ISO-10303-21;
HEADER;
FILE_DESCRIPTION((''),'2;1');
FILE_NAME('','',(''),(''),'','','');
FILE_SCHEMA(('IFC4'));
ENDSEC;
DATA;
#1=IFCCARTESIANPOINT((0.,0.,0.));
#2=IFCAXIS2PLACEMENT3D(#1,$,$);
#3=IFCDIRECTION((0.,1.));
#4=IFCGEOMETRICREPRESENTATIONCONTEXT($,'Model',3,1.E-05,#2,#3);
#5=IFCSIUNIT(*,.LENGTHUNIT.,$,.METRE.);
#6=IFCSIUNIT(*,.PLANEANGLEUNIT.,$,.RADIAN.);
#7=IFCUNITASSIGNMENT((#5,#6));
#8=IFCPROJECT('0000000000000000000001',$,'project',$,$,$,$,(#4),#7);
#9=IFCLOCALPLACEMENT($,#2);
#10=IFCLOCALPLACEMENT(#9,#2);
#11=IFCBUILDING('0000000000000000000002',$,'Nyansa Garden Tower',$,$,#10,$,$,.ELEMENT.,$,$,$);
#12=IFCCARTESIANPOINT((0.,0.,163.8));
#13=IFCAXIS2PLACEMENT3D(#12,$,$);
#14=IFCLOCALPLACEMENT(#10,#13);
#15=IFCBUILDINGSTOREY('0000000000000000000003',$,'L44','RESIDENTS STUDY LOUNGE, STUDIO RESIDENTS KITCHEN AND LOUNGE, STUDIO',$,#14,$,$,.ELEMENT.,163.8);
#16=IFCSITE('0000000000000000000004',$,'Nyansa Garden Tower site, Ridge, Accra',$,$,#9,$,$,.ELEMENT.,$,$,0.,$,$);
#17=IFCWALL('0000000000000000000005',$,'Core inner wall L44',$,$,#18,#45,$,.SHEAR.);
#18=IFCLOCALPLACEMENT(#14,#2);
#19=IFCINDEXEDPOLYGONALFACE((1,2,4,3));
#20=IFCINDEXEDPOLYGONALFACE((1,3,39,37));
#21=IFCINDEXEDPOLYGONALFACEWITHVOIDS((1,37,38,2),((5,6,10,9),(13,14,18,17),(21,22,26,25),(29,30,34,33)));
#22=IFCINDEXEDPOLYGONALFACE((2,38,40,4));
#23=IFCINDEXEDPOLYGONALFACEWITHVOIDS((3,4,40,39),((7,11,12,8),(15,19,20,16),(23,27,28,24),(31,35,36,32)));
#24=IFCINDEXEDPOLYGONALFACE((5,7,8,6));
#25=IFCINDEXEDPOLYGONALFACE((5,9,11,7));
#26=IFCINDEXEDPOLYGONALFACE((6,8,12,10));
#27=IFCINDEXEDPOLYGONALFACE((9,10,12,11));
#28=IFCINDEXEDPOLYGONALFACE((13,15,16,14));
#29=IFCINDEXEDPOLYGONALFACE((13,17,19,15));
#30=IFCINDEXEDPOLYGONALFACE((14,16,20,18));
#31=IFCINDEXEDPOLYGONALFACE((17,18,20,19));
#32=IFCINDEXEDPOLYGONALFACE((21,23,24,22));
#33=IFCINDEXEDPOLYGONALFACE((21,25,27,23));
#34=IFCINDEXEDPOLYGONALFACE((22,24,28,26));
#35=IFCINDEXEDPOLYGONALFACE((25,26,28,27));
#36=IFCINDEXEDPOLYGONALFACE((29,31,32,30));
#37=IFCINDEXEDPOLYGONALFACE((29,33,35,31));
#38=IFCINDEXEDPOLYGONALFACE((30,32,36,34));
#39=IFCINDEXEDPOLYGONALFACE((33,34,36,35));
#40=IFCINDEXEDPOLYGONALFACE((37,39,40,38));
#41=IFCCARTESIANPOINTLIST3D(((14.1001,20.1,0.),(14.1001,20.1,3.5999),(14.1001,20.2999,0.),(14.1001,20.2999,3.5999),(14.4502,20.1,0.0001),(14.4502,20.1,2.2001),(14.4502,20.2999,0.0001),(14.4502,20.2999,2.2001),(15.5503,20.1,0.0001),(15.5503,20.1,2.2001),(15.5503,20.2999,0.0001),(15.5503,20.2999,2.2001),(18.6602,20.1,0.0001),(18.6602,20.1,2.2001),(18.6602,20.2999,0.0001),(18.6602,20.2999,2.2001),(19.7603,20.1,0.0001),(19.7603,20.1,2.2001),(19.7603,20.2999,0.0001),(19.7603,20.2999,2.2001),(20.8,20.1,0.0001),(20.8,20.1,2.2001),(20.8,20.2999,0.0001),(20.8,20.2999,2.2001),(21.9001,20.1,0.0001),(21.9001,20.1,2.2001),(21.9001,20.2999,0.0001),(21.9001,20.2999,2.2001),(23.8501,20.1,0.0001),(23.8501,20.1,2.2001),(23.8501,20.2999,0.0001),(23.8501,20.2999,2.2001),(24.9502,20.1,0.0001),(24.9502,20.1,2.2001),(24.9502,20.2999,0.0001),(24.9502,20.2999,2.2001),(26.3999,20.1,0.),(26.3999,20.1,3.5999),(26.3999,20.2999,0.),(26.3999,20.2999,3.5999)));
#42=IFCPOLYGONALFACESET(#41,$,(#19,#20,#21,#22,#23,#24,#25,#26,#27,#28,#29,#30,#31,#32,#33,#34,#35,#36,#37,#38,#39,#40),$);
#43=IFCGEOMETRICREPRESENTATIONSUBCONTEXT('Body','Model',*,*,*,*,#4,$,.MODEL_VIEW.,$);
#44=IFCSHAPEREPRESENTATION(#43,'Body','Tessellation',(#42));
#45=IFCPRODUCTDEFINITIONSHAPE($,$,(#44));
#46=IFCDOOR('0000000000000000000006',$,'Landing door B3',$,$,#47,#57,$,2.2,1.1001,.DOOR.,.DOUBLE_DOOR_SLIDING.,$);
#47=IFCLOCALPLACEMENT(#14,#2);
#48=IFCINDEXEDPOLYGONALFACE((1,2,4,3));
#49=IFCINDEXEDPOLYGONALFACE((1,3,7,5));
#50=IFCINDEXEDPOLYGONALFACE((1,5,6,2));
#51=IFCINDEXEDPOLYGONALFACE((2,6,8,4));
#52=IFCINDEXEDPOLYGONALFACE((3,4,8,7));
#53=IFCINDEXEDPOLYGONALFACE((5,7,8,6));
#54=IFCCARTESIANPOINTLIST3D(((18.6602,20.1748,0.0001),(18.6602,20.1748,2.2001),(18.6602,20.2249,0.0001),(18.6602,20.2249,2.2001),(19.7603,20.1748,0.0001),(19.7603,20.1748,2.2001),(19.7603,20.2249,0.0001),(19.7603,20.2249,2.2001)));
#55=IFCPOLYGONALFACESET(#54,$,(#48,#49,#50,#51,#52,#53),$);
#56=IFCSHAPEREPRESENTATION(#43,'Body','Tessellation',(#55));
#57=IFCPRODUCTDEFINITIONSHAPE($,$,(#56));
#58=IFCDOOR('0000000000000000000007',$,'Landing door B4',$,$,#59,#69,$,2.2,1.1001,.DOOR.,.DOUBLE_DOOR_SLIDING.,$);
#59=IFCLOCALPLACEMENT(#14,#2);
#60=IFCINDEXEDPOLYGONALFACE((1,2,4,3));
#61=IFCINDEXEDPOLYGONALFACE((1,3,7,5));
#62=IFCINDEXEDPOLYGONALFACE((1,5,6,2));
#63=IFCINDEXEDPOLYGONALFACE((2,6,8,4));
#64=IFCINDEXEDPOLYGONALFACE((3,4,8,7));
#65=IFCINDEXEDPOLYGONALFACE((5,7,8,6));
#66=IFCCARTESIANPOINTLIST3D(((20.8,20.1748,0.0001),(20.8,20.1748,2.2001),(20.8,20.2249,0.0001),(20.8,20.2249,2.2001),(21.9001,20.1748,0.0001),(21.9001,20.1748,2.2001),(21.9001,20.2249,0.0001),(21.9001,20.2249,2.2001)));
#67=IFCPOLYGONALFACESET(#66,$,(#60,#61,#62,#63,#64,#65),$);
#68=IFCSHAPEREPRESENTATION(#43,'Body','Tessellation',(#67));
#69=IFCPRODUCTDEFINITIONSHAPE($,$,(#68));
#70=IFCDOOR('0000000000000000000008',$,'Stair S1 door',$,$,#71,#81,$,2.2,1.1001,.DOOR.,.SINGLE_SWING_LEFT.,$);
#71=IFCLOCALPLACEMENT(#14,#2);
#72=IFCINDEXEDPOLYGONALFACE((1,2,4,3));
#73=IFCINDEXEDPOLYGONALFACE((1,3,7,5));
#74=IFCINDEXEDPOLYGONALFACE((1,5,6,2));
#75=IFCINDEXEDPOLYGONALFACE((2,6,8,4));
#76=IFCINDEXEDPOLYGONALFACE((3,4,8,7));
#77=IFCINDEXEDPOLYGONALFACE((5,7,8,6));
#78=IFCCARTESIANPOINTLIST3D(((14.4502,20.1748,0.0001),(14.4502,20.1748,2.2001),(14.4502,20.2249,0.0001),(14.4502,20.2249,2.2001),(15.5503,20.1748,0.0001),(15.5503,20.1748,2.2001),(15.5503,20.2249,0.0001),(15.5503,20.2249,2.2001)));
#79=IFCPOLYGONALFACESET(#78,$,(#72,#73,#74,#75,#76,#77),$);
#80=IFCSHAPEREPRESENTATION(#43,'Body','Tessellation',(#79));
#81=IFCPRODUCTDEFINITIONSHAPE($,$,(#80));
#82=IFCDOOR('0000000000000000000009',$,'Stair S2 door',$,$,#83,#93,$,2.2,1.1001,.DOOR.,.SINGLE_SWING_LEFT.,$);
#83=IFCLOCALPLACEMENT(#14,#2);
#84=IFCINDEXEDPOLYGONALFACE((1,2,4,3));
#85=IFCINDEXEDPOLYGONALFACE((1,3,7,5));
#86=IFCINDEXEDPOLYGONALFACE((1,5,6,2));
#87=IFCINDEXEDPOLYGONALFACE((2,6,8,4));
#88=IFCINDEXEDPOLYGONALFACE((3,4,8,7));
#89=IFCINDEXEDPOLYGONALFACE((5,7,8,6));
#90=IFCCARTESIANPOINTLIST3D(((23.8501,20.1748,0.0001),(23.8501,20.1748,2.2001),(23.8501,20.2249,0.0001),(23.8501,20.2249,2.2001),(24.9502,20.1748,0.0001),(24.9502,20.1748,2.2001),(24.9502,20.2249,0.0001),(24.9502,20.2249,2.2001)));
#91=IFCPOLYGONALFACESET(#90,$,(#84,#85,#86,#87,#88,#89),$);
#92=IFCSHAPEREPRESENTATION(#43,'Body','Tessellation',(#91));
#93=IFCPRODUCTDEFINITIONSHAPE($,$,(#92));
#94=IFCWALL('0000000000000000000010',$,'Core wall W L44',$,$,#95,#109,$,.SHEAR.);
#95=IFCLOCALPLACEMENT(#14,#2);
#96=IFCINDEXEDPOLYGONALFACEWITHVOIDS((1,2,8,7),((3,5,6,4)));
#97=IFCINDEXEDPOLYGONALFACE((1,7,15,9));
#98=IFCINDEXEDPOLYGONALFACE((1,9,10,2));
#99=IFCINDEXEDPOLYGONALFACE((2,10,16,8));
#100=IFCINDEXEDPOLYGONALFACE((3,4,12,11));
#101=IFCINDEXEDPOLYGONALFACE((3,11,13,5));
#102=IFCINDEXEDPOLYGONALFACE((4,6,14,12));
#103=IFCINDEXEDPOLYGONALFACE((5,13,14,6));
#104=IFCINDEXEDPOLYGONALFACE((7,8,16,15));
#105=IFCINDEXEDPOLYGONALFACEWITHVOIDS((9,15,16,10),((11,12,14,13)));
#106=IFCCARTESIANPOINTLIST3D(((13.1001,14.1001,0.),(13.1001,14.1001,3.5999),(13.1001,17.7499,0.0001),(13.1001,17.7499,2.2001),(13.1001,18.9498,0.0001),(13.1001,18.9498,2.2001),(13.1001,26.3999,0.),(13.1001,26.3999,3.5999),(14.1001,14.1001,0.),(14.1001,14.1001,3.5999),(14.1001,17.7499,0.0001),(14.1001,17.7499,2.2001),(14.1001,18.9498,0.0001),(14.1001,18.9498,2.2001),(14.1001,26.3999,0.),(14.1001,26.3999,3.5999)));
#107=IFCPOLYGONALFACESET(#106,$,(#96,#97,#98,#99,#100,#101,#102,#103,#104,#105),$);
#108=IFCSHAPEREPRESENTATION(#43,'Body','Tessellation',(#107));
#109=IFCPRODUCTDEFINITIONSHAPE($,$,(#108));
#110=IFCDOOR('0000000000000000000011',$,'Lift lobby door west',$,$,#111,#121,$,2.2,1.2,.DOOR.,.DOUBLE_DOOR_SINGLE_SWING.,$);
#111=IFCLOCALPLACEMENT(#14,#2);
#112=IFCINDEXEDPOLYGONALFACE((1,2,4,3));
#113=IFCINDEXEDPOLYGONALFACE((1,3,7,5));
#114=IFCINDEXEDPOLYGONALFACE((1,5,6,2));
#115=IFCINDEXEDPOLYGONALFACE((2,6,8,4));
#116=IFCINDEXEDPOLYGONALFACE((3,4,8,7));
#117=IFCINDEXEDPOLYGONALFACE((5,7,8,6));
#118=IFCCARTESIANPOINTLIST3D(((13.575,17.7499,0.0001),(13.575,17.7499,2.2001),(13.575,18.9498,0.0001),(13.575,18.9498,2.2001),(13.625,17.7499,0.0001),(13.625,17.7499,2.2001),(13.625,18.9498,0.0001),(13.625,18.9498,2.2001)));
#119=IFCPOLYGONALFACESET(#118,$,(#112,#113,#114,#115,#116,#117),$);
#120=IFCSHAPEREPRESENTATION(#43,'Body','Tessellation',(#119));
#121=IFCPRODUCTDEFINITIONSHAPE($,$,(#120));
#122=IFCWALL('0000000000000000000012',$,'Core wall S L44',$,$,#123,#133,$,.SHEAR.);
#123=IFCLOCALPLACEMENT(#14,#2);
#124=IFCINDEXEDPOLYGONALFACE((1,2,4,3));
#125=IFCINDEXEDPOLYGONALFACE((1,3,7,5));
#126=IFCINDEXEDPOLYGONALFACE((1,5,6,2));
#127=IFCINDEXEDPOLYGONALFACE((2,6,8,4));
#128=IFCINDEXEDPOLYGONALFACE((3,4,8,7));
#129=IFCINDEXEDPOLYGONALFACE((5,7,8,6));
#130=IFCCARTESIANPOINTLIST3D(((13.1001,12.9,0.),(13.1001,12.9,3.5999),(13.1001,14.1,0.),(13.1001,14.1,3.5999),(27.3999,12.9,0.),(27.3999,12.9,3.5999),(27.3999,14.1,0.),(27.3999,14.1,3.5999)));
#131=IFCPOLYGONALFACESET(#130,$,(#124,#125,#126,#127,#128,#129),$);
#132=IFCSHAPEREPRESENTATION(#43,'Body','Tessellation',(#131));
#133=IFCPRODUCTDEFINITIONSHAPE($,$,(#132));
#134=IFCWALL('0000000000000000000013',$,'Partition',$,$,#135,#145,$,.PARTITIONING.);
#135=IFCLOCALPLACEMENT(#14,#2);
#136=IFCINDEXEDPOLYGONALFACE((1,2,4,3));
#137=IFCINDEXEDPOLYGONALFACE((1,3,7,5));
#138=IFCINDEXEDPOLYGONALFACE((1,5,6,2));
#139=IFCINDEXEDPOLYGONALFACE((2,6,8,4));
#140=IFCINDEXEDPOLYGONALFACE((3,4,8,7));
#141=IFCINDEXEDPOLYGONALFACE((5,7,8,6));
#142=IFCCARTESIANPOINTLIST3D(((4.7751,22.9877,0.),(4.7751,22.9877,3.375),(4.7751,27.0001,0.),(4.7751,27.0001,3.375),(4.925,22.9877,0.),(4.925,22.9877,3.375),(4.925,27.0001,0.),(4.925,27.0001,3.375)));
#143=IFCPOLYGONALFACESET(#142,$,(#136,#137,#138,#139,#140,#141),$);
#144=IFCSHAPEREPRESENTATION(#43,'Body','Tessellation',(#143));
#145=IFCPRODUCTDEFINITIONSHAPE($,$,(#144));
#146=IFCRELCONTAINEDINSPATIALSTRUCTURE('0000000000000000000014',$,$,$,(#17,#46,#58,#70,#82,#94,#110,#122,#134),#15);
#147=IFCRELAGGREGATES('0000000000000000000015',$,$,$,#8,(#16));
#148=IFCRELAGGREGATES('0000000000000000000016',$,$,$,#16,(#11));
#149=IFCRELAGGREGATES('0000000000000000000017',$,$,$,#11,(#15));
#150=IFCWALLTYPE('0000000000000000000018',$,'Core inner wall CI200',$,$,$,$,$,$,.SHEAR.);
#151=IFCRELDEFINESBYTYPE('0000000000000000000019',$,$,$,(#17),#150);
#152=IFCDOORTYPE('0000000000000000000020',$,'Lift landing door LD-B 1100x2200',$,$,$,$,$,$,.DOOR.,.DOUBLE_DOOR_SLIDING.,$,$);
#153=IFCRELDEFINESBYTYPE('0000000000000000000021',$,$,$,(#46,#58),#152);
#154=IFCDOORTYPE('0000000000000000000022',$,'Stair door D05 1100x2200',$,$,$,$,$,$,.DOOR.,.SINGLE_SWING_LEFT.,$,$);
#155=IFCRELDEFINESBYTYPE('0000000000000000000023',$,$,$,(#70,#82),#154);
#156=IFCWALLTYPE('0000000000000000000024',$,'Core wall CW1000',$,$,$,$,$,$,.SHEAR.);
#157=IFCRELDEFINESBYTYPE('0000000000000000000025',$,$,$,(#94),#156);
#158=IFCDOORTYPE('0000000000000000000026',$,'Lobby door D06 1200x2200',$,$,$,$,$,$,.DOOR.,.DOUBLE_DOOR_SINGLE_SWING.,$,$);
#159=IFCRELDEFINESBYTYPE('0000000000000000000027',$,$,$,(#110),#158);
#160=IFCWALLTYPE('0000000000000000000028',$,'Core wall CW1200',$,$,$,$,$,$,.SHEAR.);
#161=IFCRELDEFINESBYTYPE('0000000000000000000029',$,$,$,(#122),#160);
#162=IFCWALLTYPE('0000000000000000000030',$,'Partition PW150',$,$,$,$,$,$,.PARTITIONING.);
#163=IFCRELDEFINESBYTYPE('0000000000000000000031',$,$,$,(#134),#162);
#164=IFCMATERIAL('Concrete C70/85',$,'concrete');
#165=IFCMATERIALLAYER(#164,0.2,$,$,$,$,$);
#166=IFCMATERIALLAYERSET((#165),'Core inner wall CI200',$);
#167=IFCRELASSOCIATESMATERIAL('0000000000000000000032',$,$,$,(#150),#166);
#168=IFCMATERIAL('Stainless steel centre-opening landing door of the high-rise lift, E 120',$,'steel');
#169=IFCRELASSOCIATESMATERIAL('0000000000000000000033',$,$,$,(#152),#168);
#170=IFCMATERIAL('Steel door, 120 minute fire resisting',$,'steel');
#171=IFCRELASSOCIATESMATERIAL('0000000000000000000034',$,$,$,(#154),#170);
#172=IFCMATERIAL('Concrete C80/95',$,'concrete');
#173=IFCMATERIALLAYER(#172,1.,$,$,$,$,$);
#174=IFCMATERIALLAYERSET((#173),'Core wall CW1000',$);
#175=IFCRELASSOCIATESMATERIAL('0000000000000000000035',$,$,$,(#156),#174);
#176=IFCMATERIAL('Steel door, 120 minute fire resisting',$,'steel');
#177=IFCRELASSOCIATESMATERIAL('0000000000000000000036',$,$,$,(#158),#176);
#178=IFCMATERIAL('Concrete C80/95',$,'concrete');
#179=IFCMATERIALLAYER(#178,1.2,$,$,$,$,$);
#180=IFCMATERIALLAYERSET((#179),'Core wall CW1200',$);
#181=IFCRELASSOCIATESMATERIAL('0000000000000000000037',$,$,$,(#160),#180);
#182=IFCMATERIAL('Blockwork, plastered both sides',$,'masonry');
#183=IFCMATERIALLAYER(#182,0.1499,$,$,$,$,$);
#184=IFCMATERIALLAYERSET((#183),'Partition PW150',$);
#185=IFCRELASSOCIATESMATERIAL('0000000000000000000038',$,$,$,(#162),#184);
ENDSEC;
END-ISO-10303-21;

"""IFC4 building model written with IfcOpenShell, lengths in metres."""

from ifc_helpers import new_model, si_unit, direction, frame, frame_2d, origin, place, context, subcontext, project, spatial, rectangle, extrude, material, layer, layer_set, type_object, element, fill, save


model = new_model("IFC4")

# Units and contexts
model_context = context("Model", 3, precision=1e-05, world=origin(), true_north=direction((0.0, 1.0)))
body_context = subcontext(model_context, "Body", "Model", "MODEL_VIEW")
ifc_project = project(units=[si_unit("LENGTHUNIT", "METRE"), si_unit("PLANEANGLEUNIT", "RADIAN")], contexts=[model_context])

# Site, building, storey
site_placement = place(None, origin())
site = spatial("IfcSite", under=ifc_project, at=site_placement, Name="Nyansa Garden Tower site, Ridge, Accra", CompositionType="ELEMENT", RefElevation=0.0)
building_placement = place(site_placement, origin())
building = spatial("IfcBuilding", under=site, at=building_placement, Name="Nyansa Garden Tower", CompositionType="ELEMENT")
storey_placement = place(building_placement, frame((0.0, 0.0, 163.8)))
storey = spatial("IfcBuildingStorey", under=building, at=storey_placement, Name="L44", Description="RESIDENTS STUDY LOUNGE, STUDIO RESIDENTS KITCHEN AND LOUNGE, STUDIO", CompositionType="ELEMENT", Elevation=163.8)

# Wall, openings, doors
ifc_material_1 = material(Name="Concrete C70/85", Category="concrete")
ifc_layer_1 = layer(ifc_material_1, 0.2)
ifc_layer_set_1 = layer_set([ifc_layer_1], Name="Core inner wall CI200")
wall_type_1 = type_object("IfcWallType", Name="Core inner wall CI200", PredefinedType="SHEAR", material=ifc_layer_set_1)
ifc_material_2 = material(Name="Stainless steel centre-opening landing door of the high-rise lift, E 120", Category="steel")
door_type_1 = type_object("IfcDoorType", Name="Lift landing door LD-B 1100x2200", OperationType="DOUBLE_DOOR_SLIDING", PredefinedType="DOOR", material=ifc_material_2)
wall_1_placement = place(storey_placement, frame((14.1001, 20.2, 0.0), z_axis=(0.0, 0.0, 1.0), x_axis=(1.0, 0.0, 0.0)))
wall_1 = element("IfcWall", 1, at=wall_1_placement, inside=storey, type_object=wall_type_1, Name="Core inner wall L44", PredefinedType="SHEAR", context=body_context, shape_type="SweptSolid", body=[
    extrude(rectangle(XDim=12.2998, YDim=0.2, at=frame_2d((6.1499, 0.0))), origin(), (0.0, 0.0, 1.0), 3.5999),
])
opening_1_placement = place(wall_1_placement, frame((4.5601, 0.0, 0.0)))
opening_1 = element("IfcOpeningElement", 2, at=opening_1_placement, cuts=wall_1, PredefinedType="OPENING", context=body_context, shape_type="SweptSolid", body=[
    extrude(rectangle(XDim=1.1001, YDim=2.2, at=frame_2d((0.55, 1.1001))), frame((0.0, 0.1099, 0.0), z_axis=(0.0, -1.0, 0.0), x_axis=(1.0, 0.0, 0.0)), (0.0, 0.0, 1.0), 0.22),
])
opening_2_placement = place(wall_1_placement, frame((6.7, 0.0, 0.0)))
opening_2 = element("IfcOpeningElement", 3, at=opening_2_placement, cuts=wall_1, PredefinedType="OPENING", context=body_context, shape_type="SweptSolid", body=[
    extrude(rectangle(XDim=1.1001, YDim=2.2, at=frame_2d((0.55, 1.1001))), frame((0.0, 0.1099, 0.0), z_axis=(0.0, -1.0, 0.0), x_axis=(1.0, 0.0, 0.0)), (0.0, 0.0, 1.0), 0.22),
])
opening_3_placement = place(wall_1_placement, frame((0.3501, 0.0, 0.0)))
opening_3 = element("IfcOpeningElement", 4, at=opening_3_placement, cuts=wall_1, PredefinedType="OPENING", context=body_context, shape_type="SweptSolid", body=[
    extrude(rectangle(XDim=1.1001, YDim=2.2, at=frame_2d((0.55, 1.1001))), frame((0.0, 0.1099, 0.0), z_axis=(0.0, -1.0, 0.0), x_axis=(1.0, 0.0, 0.0)), (0.0, 0.0, 1.0), 0.22),
])
opening_4_placement = place(wall_1_placement, frame((9.75, 0.0, 0.0)))
opening_4 = element("IfcOpeningElement", 5, at=opening_4_placement, cuts=wall_1, PredefinedType="OPENING", context=body_context, shape_type="SweptSolid", body=[
    extrude(rectangle(XDim=1.1001, YDim=2.2, at=frame_2d((0.55, 1.1001))), frame((0.0, 0.1099, 0.0), z_axis=(0.0, -1.0, 0.0), x_axis=(1.0, 0.0, 0.0)), (0.0, 0.0, 1.0), 0.22),
])
door_1_placement = place(opening_1_placement, origin())
door_1 = element("IfcDoor", 6, at=door_1_placement, inside=storey, type_object=door_type_1, Name="Landing door B3", OperationType="DOUBLE_DOOR_SLIDING", OverallHeight=2.2, OverallWidth=1.1001, PredefinedType="DOOR", context=body_context, shape_type="SweptSolid", body=[
    extrude(rectangle(XDim=1.1001, YDim=2.2, at=frame_2d((0.55, 1.1001))), frame((0.0, 0.0249, 0.0), z_axis=(0.0, -1.0, 0.0), x_axis=(1.0, 0.0, 0.0)), (0.0, 0.0, 1.0), 0.05),
])
fill(opening_1, door_1)
door_2_placement = place(opening_2_placement, origin())
door_2 = element("IfcDoor", 7, at=door_2_placement, inside=storey, type_object=door_type_1, Name="Landing door B4", OperationType="DOUBLE_DOOR_SLIDING", OverallHeight=2.2, OverallWidth=1.1001, PredefinedType="DOOR", context=body_context, shape_type="SweptSolid", body=[
    extrude(rectangle(XDim=1.1001, YDim=2.2, at=frame_2d((0.55, 1.1001))), frame((0.0, 0.0249, 0.0), z_axis=(0.0, -1.0, 0.0), x_axis=(1.0, 0.0, 0.0)), (0.0, 0.0, 1.0), 0.05),
])
fill(opening_2, door_2)
ifc_material_3 = material(Name="Steel door, 120 minute fire resisting", Category="steel")
door_type_2 = type_object("IfcDoorType", Name="Stair door D05 1100x2200", OperationType="SINGLE_SWING_LEFT", PredefinedType="DOOR", material=ifc_material_3)
door_3_placement = place(opening_3_placement, origin())
door_3 = element("IfcDoor", 8, at=door_3_placement, inside=storey, type_object=door_type_2, Name="Stair S1 door", OperationType="SINGLE_SWING_LEFT", OverallHeight=2.2, OverallWidth=1.1001, PredefinedType="DOOR", context=body_context, shape_type="SweptSolid", body=[
    extrude(rectangle(XDim=1.1001, YDim=2.2, at=frame_2d((0.55, 1.1001))), frame((0.0, 0.0249, 0.0), z_axis=(0.0, -1.0, 0.0), x_axis=(1.0, 0.0, 0.0)), (0.0, 0.0, 1.0), 0.05),
])
fill(opening_3, door_3)
door_4_placement = place(opening_4_placement, origin())
door_4 = element("IfcDoor", 9, at=door_4_placement, inside=storey, type_object=door_type_2, Name="Stair S2 door", OperationType="SINGLE_SWING_LEFT", OverallHeight=2.2, OverallWidth=1.1001, PredefinedType="DOOR", context=body_context, shape_type="SweptSolid", body=[
    extrude(rectangle(XDim=1.1001, YDim=2.2, at=frame_2d((0.55, 1.1001))), frame((0.0, 0.0249, 0.0), z_axis=(0.0, -1.0, 0.0), x_axis=(1.0, 0.0, 0.0)), (0.0, 0.0, 1.0), 0.05),
])
fill(opening_4, door_4)

# Wall, opening, door
ifc_material_4 = material(Name="Concrete C80/95", Category="concrete")
ifc_layer_2 = layer(ifc_material_4, 1.0)
ifc_layer_set_2 = layer_set([ifc_layer_2], Name="Core wall CW1000")
wall_type_2 = type_object("IfcWallType", Name="Core wall CW1000", PredefinedType="SHEAR", material=ifc_layer_set_2)
wall_2_placement = place(storey_placement, frame((13.6001, 26.3999, 0.0), z_axis=(0.0, 0.0, 1.0), x_axis=(0.0, -1.0, 0.0)))
wall_2 = element("IfcWall", 10, at=wall_2_placement, inside=storey, type_object=wall_type_2, Name="Core wall W L44", PredefinedType="SHEAR", context=body_context, shape_type="SweptSolid", body=[
    extrude(rectangle(XDim=12.2998, YDim=1.0, at=frame_2d((6.1499, 0.0))), origin(), (0.0, 0.0, 1.0), 3.5999),
])
opening_5_placement = place(wall_2_placement, frame((7.45, 0.0, 0.0)))
opening_5 = element("IfcOpeningElement", 11, at=opening_5_placement, cuts=wall_2, PredefinedType="OPENING", context=body_context, shape_type="SweptSolid", body=[
    extrude(rectangle(XDim=1.2, YDim=2.2, at=frame_2d((0.6001, 1.1001))), frame((0.0, 0.51, 0.0), z_axis=(0.0, -1.0, 0.0), x_axis=(1.0, 0.0, 0.0)), (0.0, 0.0, 1.0), 1.02),
])
ifc_material_5 = material(Name="Steel door, 120 minute fire resisting", Category="steel")
door_type_3 = type_object("IfcDoorType", Name="Lobby door D06 1200x2200", OperationType="DOUBLE_DOOR_SINGLE_SWING", PredefinedType="DOOR", material=ifc_material_5)
door_5_placement = place(opening_5_placement, origin())
door_5 = element("IfcDoor", 12, at=door_5_placement, inside=storey, type_object=door_type_3, Name="Lift lobby door west", OperationType="DOUBLE_DOOR_SINGLE_SWING", OverallHeight=2.2, OverallWidth=1.2, PredefinedType="DOOR", context=body_context, shape_type="SweptSolid", body=[
    extrude(rectangle(XDim=1.2, YDim=2.2, at=frame_2d((0.6001, 1.1001))), frame((0.0, 0.0249, 0.0), z_axis=(0.0, -1.0, 0.0), x_axis=(1.0, 0.0, 0.0)), (0.0, 0.0, 1.0), 0.05),
])
fill(opening_5, door_5)

# Walls
ifc_material_6 = material(Name="Concrete C80/95", Category="concrete")
ifc_layer_3 = layer(ifc_material_6, 1.2)
ifc_layer_set_3 = layer_set([ifc_layer_3], Name="Core wall CW1200")
wall_type_3 = type_object("IfcWallType", Name="Core wall CW1200", PredefinedType="SHEAR", material=ifc_layer_set_3)
wall_3_placement = place(storey_placement, frame((13.1001, 13.5, 0.0), z_axis=(0.0, 0.0, 1.0), x_axis=(1.0, 0.0, 0.0)))
element("IfcWall", 13, at=wall_3_placement, inside=storey, type_object=wall_type_3, Name="Core wall S L44", PredefinedType="SHEAR", context=body_context, shape_type="SweptSolid", body=[
    extrude(rectangle(XDim=14.2998, YDim=1.2, at=frame_2d((7.1499, 0.0))), origin(), (0.0, 0.0, 1.0), 3.5999),
])
ifc_material_7 = material(Name="Blockwork, plastered both sides", Category="masonry")
ifc_layer_4 = layer(ifc_material_7, 0.1499)
ifc_layer_set_4 = layer_set([ifc_layer_4], Name="Partition PW150")
wall_type_4 = type_object("IfcWallType", Name="Partition PW150", PredefinedType="PARTITIONING", material=ifc_layer_set_4)
wall_4_placement = place(storey_placement, frame((4.8501, 22.9875, 0.0), z_axis=(0.0, 0.0, 1.0), x_axis=(0.0, 1.0, 0.0)))
element("IfcWall", 14, at=wall_4_placement, inside=storey, type_object=wall_type_4, Name="Partition", PredefinedType="PARTITIONING", context=body_context, shape_type="SweptSolid", body=[
    extrude(rectangle(XDim=4.0125, YDim=0.1499, at=frame_2d((2.0063, 0.0))), origin(), (0.0, 0.0, 1.0), 3.375),
])

save(model, "model.ifc")
